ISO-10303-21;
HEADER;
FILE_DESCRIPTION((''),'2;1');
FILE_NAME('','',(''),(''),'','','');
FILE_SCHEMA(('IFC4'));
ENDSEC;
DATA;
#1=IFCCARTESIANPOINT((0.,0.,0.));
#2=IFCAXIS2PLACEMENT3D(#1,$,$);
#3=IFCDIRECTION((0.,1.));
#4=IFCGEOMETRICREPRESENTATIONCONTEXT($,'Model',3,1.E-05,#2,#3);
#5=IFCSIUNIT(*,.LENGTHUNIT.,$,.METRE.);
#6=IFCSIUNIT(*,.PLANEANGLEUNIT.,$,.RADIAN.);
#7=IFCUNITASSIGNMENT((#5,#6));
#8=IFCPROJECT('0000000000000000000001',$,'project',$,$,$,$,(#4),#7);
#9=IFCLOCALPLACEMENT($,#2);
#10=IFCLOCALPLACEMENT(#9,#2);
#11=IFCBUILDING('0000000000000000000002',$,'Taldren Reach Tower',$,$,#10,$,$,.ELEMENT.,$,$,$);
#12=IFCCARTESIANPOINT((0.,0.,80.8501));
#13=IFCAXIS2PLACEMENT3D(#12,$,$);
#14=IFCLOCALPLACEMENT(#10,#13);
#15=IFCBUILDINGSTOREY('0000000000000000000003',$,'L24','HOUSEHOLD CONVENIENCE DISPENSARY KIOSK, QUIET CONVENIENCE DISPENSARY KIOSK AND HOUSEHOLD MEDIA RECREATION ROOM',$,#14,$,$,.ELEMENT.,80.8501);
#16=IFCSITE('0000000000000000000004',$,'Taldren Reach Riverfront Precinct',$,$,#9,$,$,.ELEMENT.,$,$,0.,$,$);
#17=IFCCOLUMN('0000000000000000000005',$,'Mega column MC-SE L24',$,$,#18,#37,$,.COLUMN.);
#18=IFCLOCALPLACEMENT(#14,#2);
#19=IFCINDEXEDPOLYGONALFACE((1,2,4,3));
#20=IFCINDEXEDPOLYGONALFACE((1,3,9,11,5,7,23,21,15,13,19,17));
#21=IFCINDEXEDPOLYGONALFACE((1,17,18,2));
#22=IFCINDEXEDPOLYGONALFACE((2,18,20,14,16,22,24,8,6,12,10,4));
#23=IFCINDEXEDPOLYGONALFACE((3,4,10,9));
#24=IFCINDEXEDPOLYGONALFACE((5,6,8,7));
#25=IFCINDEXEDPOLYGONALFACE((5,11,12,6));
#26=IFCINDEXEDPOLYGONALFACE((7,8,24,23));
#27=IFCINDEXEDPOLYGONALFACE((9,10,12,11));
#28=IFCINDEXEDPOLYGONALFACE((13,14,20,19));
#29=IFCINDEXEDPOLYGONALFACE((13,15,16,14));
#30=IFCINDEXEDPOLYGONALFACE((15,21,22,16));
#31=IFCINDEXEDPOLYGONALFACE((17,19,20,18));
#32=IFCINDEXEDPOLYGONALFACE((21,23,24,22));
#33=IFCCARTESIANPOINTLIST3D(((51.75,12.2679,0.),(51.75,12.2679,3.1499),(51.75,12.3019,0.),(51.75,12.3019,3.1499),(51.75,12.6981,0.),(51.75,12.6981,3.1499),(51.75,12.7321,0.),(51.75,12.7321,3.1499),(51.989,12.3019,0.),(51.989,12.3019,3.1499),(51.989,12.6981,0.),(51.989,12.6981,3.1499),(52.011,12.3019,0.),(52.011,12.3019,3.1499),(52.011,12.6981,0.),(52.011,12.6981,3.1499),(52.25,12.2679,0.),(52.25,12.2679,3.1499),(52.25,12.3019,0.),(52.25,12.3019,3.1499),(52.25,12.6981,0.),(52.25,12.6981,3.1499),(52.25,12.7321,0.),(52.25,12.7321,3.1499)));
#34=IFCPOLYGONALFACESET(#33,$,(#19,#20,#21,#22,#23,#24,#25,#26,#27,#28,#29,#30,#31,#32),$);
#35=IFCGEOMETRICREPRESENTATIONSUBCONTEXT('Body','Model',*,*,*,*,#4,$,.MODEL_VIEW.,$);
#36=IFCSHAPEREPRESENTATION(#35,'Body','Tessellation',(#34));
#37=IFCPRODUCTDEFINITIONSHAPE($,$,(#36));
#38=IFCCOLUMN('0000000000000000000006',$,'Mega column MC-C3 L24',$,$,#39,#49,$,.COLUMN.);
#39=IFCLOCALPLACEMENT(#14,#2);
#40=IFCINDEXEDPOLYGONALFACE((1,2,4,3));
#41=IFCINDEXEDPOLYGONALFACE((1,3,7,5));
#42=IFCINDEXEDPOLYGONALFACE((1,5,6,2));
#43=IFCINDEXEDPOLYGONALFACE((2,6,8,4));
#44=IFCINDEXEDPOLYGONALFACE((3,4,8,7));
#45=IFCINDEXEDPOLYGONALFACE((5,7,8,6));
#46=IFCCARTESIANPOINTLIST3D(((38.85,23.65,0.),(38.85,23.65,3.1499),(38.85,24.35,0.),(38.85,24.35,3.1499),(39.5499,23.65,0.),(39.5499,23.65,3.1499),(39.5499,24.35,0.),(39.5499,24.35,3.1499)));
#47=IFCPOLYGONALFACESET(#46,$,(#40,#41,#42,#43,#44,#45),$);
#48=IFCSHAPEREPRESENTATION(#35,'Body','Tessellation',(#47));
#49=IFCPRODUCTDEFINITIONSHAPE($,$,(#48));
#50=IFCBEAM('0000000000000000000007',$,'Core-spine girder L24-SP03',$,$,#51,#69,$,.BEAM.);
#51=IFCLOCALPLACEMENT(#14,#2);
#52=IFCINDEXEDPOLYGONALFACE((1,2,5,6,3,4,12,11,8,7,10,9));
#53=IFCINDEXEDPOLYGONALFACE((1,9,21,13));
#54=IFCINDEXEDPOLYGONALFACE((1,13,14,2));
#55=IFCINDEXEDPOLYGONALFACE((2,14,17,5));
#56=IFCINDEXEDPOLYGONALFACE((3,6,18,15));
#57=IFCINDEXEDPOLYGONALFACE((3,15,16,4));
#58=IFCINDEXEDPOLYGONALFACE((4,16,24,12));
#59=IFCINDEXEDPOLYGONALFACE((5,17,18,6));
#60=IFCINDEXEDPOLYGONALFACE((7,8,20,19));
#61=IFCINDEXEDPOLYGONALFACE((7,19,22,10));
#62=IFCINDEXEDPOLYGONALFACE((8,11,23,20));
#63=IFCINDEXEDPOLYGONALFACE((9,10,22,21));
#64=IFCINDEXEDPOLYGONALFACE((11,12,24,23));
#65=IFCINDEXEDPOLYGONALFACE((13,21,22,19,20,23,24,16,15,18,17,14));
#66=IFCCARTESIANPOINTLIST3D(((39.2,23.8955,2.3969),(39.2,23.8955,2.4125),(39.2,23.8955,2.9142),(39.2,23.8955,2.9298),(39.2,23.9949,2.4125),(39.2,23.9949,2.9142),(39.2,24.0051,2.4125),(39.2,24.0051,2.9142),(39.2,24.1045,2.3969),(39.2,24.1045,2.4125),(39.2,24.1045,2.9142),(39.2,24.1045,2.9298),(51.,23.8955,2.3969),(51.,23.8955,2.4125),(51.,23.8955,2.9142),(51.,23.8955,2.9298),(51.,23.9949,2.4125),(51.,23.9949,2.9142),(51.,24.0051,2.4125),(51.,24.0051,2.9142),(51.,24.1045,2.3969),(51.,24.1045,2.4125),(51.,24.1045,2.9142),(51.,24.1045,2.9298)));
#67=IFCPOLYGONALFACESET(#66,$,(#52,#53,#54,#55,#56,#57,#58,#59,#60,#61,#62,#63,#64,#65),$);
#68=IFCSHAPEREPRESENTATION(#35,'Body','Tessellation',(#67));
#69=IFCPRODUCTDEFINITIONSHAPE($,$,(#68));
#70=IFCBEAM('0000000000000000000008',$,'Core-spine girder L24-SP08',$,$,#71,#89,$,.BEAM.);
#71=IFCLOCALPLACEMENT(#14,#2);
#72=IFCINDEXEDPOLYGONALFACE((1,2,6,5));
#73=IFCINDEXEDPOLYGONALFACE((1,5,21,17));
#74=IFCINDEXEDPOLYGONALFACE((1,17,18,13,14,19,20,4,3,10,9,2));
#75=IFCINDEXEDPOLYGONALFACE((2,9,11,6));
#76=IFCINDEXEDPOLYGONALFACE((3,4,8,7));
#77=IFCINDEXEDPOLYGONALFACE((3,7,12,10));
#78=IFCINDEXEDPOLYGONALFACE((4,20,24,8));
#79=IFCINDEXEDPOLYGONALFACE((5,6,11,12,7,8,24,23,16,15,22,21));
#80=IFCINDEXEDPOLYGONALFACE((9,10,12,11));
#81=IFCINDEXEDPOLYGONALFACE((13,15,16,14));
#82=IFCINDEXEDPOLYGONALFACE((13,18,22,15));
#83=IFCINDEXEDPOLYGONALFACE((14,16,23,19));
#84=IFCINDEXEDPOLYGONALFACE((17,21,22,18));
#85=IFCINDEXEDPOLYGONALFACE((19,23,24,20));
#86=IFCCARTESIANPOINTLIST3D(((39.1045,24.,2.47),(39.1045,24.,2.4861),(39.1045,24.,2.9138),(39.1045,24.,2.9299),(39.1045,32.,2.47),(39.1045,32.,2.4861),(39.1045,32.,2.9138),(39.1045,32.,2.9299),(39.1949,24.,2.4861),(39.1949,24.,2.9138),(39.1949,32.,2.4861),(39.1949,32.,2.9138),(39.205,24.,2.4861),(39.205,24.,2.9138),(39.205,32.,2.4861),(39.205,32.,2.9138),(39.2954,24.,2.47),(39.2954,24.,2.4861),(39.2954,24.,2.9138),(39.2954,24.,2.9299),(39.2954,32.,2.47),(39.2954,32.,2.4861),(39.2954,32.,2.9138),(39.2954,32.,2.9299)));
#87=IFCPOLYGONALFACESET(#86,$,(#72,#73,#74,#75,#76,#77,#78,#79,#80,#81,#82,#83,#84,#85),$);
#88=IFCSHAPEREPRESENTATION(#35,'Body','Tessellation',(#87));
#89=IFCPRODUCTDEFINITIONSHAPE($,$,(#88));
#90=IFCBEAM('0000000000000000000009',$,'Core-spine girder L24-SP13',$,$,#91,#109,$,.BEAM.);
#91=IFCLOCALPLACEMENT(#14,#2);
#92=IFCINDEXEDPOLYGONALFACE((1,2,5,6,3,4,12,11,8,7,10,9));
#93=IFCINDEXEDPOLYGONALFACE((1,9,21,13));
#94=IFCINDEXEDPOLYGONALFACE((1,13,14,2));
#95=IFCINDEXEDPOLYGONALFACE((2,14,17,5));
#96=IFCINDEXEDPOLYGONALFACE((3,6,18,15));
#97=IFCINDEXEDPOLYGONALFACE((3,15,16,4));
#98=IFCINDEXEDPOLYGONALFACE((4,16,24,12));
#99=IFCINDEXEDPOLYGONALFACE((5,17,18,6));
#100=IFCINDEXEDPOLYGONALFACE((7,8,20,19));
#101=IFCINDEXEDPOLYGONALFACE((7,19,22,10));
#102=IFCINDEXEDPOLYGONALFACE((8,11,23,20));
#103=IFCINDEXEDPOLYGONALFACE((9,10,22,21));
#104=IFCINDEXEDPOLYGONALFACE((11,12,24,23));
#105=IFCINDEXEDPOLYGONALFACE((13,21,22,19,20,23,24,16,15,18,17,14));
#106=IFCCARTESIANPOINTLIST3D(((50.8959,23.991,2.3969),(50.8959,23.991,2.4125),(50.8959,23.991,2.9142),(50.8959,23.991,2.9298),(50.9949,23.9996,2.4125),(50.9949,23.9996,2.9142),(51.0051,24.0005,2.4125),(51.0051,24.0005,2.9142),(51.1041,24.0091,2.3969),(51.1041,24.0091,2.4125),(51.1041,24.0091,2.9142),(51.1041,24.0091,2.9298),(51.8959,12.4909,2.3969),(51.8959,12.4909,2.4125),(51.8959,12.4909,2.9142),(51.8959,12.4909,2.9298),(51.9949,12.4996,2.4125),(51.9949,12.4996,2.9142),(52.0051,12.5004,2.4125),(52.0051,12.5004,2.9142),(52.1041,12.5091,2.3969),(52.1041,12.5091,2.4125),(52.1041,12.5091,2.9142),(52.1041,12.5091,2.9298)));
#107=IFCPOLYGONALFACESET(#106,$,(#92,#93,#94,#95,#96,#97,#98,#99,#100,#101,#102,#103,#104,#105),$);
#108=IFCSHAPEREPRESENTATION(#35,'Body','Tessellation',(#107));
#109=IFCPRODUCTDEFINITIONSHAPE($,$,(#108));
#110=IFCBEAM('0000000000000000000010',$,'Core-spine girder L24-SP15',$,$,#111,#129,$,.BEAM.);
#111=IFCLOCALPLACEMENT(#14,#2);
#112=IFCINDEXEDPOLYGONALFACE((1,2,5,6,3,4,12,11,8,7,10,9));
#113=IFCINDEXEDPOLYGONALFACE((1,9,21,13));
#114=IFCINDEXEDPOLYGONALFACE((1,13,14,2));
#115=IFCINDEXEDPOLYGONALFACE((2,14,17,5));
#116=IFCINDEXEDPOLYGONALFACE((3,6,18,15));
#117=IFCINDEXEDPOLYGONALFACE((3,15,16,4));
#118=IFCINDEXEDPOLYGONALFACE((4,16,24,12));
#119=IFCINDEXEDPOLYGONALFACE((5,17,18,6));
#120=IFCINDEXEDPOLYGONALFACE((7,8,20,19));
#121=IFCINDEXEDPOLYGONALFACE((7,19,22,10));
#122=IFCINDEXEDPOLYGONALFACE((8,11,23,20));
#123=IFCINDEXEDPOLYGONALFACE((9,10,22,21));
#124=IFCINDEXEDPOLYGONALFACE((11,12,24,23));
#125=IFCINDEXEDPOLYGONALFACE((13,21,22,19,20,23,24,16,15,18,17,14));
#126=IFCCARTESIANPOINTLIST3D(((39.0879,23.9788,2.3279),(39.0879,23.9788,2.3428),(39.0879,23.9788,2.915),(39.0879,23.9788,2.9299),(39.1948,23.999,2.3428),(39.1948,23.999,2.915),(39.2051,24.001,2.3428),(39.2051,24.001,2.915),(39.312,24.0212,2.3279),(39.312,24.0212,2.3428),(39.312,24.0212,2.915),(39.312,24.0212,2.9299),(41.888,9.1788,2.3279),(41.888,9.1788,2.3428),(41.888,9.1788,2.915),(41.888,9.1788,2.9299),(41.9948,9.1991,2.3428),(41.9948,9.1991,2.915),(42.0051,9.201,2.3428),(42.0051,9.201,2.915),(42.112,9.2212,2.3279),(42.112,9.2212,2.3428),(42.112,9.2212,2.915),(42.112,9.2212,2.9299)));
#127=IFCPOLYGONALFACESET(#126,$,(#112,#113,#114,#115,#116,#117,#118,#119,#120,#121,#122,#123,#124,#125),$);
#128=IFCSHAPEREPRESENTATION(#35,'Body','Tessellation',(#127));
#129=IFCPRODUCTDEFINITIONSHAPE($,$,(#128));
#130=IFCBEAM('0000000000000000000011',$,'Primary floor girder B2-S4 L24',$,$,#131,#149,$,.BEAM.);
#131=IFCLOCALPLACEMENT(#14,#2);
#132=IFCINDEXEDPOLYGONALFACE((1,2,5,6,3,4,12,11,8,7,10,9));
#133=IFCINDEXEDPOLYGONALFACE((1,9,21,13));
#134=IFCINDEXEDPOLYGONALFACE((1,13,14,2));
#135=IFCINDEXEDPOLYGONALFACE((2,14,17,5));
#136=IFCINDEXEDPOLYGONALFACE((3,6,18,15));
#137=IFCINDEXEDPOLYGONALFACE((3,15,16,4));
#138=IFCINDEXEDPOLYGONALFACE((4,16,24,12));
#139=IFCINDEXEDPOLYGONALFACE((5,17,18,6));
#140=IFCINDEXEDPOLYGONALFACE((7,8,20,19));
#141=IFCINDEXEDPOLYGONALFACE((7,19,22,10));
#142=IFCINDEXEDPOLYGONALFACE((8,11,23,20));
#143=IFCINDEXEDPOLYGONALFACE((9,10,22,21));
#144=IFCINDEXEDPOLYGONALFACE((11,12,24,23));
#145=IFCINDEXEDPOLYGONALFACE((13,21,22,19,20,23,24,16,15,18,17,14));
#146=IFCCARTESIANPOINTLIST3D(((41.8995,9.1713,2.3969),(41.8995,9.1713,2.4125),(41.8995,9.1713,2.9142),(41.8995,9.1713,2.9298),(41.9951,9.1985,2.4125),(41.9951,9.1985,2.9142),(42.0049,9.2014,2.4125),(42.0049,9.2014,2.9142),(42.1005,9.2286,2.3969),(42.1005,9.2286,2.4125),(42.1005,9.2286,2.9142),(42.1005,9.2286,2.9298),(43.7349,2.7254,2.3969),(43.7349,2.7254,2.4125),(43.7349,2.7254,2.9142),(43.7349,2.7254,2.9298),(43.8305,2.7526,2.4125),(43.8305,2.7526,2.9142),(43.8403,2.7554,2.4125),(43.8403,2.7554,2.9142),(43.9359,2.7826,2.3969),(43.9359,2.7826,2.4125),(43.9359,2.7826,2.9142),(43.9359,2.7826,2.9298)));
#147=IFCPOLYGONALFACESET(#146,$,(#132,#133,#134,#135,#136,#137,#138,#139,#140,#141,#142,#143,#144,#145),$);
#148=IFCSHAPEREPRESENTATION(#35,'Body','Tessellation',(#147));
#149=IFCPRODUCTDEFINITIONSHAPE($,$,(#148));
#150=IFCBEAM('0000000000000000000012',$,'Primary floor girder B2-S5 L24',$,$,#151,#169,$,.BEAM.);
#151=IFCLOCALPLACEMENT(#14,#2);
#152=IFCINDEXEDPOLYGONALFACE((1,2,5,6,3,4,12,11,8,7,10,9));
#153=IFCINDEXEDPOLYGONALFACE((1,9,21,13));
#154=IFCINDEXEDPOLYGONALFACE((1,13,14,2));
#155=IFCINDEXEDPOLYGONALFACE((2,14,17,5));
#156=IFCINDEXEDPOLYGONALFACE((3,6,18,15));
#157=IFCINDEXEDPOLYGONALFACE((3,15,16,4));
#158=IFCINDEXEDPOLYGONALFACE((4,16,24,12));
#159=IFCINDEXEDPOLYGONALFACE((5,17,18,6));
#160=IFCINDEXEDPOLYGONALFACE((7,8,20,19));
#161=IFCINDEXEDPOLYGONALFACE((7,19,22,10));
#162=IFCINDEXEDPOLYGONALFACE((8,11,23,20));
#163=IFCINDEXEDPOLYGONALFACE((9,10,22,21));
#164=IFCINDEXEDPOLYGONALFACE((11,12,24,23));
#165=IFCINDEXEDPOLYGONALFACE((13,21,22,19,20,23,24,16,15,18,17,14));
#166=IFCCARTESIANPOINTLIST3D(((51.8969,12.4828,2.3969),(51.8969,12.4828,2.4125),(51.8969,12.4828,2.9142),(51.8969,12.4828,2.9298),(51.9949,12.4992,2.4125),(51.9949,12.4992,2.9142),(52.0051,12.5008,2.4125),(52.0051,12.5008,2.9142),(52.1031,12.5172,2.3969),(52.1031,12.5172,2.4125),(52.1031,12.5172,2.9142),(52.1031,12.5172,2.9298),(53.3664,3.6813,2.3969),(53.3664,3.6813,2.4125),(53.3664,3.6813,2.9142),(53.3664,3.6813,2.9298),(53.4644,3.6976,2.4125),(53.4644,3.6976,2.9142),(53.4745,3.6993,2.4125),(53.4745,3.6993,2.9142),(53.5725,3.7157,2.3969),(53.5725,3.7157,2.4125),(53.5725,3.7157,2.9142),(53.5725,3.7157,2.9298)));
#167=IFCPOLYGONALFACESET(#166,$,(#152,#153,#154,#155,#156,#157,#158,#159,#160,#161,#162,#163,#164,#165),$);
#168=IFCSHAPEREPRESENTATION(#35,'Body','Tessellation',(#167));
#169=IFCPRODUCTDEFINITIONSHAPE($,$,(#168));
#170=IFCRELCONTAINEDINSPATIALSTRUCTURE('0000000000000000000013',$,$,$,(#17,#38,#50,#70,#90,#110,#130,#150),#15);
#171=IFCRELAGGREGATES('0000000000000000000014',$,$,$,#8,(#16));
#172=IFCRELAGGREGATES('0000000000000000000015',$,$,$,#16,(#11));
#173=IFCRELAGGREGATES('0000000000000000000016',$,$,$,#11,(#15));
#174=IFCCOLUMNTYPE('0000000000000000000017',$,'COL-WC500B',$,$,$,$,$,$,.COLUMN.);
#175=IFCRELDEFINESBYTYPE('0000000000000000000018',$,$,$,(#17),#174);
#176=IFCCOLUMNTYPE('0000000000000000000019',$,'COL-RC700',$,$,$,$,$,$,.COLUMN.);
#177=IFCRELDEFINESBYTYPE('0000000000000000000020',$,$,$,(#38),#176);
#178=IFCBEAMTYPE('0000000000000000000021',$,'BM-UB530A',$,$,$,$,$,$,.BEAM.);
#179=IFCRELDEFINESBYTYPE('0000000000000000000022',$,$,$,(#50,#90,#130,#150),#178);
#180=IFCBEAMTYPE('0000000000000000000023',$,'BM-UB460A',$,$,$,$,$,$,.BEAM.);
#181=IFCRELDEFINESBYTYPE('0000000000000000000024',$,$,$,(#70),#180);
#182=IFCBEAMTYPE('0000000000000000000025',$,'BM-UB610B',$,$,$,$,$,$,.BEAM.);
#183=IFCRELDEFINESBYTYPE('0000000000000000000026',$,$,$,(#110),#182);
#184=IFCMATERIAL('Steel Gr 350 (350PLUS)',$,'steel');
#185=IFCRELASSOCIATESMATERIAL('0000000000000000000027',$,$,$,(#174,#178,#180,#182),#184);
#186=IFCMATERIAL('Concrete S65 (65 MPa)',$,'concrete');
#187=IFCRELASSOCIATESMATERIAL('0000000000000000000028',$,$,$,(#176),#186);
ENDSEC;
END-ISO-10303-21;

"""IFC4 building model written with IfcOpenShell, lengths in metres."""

from ifc_helpers import new_model, si_unit, direction, frame, origin, origin_2d, place, context, subcontext, project, spatial, rectangle, i_section, extrude, source, transform, mapped, material, material_profile, profile_set, type_object, element, save


model = new_model("IFC4")

# Units and contexts
model_context = context("Model", 3, precision=1e-05, world=origin(), true_north=direction((0.0, 1.0)))
body_context = subcontext(model_context, "Body", "Model", "MODEL_VIEW")
ifc_project = project(units=[si_unit("LENGTHUNIT", "METRE"), si_unit("PLANEANGLEUNIT", "RADIAN")], contexts=[model_context])

# Site, building, storey
site_placement = place(None, origin())
site = spatial("IfcSite", under=ifc_project, at=site_placement, Name="Taldren Reach Riverfront Precinct", CompositionType="ELEMENT", RefElevation=0.0)
building_placement = place(site_placement, origin())
building = spatial("IfcBuilding", under=site, at=building_placement, Name="Taldren Reach Tower", CompositionType="ELEMENT")
storey_placement = place(building_placement, frame((0.0, 0.0, 80.8501)))
storey = spatial("IfcBuildingStorey", under=building, at=storey_placement, Name="L24", Description="HOUSEHOLD CONVENIENCE DISPENSARY KIOSK, QUIET CONVENIENCE DISPENSARY KIOSK AND HOUSEHOLD MEDIA RECREATION ROOM", CompositionType="ELEMENT", Elevation=80.8501)

# Columns
ifc_material_1 = material(Name="Steel Gr 350 (350PLUS)", Category="steel")
ifc_material_profile_1 = material_profile(ifc_material_1, i_section(OverallWidth=0.5, OverallDepth=0.4641, WebThickness=0.022, FlangeThickness=0.0339, at=origin_2d()), Name="500WC340")
ifc_profile_set_1 = profile_set([ifc_material_profile_1], Name="Steel Gr 350 (350PLUS)")
column_type_1 = type_object("IfcColumnType", Name="COL-WC500B", PredefinedType="COLUMN", material=ifc_profile_set_1)
shared_shape_1 = source(origin(), body_context, "Body", "SweptSolid", [
    extrude(i_section(OverallWidth=0.5, OverallDepth=0.4641, WebThickness=0.022, FlangeThickness=0.0339, at=origin_2d()), origin(), (0.0, 0.0, 1.0), 3.1499),
])
column_1_placement = place(storey_placement, frame((52.0, 12.5, 0.0), z_axis=(0.0, 0.0, 1.0), x_axis=(1.0, 0.0, 0.0)))
element("IfcColumn", 1, at=column_1_placement, inside=storey, type_object=column_type_1, Name="Mega column MC-SE L24", PredefinedType="COLUMN", context=body_context, shape_type="MappedRepresentation", body=[
    mapped(shared_shape_1, transform((0.0, 0.0, 0.0), scale=1.0)),
])
ifc_material_2 = material(Name="Concrete S65 (65 MPa)", Category="concrete")
ifc_material_profile_2 = material_profile(ifc_material_2, rectangle(XDim=0.7, YDim=0.7, at=origin_2d()), Name="RC-700x700")
ifc_profile_set_2 = profile_set([ifc_material_profile_2], Name="Concrete S65 (65 MPa)")
column_type_2 = type_object("IfcColumnType", Name="COL-RC700", PredefinedType="COLUMN", material=ifc_profile_set_2)
shared_shape_2 = source(origin(), body_context, "Body", "SweptSolid", [
    extrude(rectangle(XDim=0.7, YDim=0.7, at=origin_2d()), origin(), (0.0, 0.0, 1.0), 3.1499),
])
column_2_placement = place(storey_placement, frame((39.2, 24.0, 0.0), z_axis=(0.0, 0.0, 1.0), x_axis=(1.0, 0.0, 0.0)))
element("IfcColumn", 2, at=column_2_placement, inside=storey, type_object=column_type_2, Name="Mega column MC-C3 L24", PredefinedType="COLUMN", context=body_context, shape_type="MappedRepresentation", body=[
    mapped(shared_shape_2, transform((0.0, 0.0, 0.0), scale=1.0)),
])

# Beams
ifc_material_profile_3 = material_profile(ifc_material_1, i_section(OverallWidth=0.209, OverallDepth=0.533, WebThickness=0.0103, FlangeThickness=0.0156, at=origin_2d()), Name="530UB92.4")
ifc_profile_set_3 = profile_set([ifc_material_profile_3], Name="Steel Gr 350 (350PLUS)")
beam_type_1 = type_object("IfcBeamType", Name="BM-UB530A", PredefinedType="BEAM", material=ifc_profile_set_3)
shared_shape_3 = source(origin(), body_context, "Body", "SweptSolid", [
    extrude(i_section(OverallWidth=0.209, OverallDepth=0.533, WebThickness=0.0103, FlangeThickness=0.0156, at=origin_2d()), origin(), (0.0, 0.0, 1.0), 11.8),
])
beam_1_placement = place(storey_placement, frame((39.2, 24.0, 2.6633), z_axis=(1.0, 0.0, 0.0), x_axis=(0.0, 1.0, 0.0)))
element("IfcBeam", 3, at=beam_1_placement, inside=storey, type_object=beam_type_1, Name="Core-spine girder L24-SP03", PredefinedType="BEAM", context=body_context, shape_type="MappedRepresentation", body=[
    mapped(shared_shape_3, transform((0.0, 0.0, 0.0), scale=1.0)),
])
ifc_material_profile_4 = material_profile(ifc_material_1, i_section(OverallWidth=0.1909, OverallDepth=0.46, WebThickness=0.01, FlangeThickness=0.0161, at=origin_2d()), Name="460UB82.1")
ifc_profile_set_4 = profile_set([ifc_material_profile_4], Name="Steel Gr 350 (350PLUS)")
beam_type_2 = type_object("IfcBeamType", Name="BM-UB460A", PredefinedType="BEAM", material=ifc_profile_set_4)
shared_shape_4 = source(origin(), body_context, "Body", "SweptSolid", [
    extrude(i_section(OverallWidth=0.1909, OverallDepth=0.46, WebThickness=0.01, FlangeThickness=0.0161, at=origin_2d()), origin(), (0.0, 0.0, 1.0), 8.0),
])
beam_2_placement = place(storey_placement, frame((39.2, 24.0, 2.7), z_axis=(0.0, 1.0, 0.0), x_axis=(-1.0, 0.0, 0.0)))
element("IfcBeam", 4, at=beam_2_placement, inside=storey, type_object=beam_type_2, Name="Core-spine girder L24-SP08", PredefinedType="BEAM", context=body_context, shape_type="MappedRepresentation", body=[
    mapped(shared_shape_4, transform((0.0, 0.0, 0.0), scale=1.0)),
])
shared_shape_5 = source(origin(), body_context, "Body", "SweptSolid", [
    extrude(i_section(OverallWidth=0.209, OverallDepth=0.533, WebThickness=0.0103, FlangeThickness=0.0156, at=origin_2d()), origin(), (0.0, 0.0, 1.0), 11.5435),
])
beam_3_placement = place(storey_placement, frame((52.0, 12.5, 2.6633), z_axis=(-0.08663, 0.996241, 0.0), x_axis=(-0.996241, -0.08663, 0.0)))
element("IfcBeam", 5, at=beam_3_placement, inside=storey, type_object=beam_type_1, Name="Core-spine girder L24-SP13", PredefinedType="BEAM", context=body_context, shape_type="MappedRepresentation", body=[
    mapped(shared_shape_5, transform((0.0, 0.0, 0.0), scale=1.0)),
])
ifc_material_profile_5 = material_profile(ifc_material_1, i_section(OverallWidth=0.228, OverallDepth=0.6021, WebThickness=0.0105, FlangeThickness=0.0149, at=origin_2d()), Name="610UB101")
ifc_profile_set_5 = profile_set([ifc_material_profile_5], Name="Steel Gr 350 (350PLUS)")
beam_type_3 = type_object("IfcBeamType", Name="BM-UB610B", PredefinedType="BEAM", material=ifc_profile_set_5)
shared_shape_6 = source(origin(), body_context, "Body", "SweptSolid", [
    extrude(i_section(OverallWidth=0.228, OverallDepth=0.6021, WebThickness=0.0105, FlangeThickness=0.0149, at=origin_2d()), origin(), (0.0, 0.0, 1.0), 15.0625),
])
beam_4_placement = place(storey_placement, frame((39.2, 24.0, 2.6289), z_axis=(0.185894, -0.98257, 0.0), x_axis=(0.98257, 0.185894, 0.0)))
element("IfcBeam", 6, at=beam_4_placement, inside=storey, type_object=beam_type_3, Name="Core-spine girder L24-SP15", PredefinedType="BEAM", context=body_context, shape_type="MappedRepresentation", body=[
    mapped(shared_shape_6, transform((0.0, 0.0, 0.0), scale=1.0)),
])
shared_shape_7 = source(origin(), body_context, "Body", "SweptSolid", [
    extrude(i_section(OverallWidth=0.209, OverallDepth=0.533, WebThickness=0.0103, FlangeThickness=0.0156, at=origin_2d()), origin(), (0.0, 0.0, 1.0), 6.7021),
])
beam_5_placement = place(storey_placement, frame((42.0, 9.2, 2.6633), z_axis=(0.273855, -0.961771, 0.0), x_axis=(0.961771, 0.273855, 0.0)))
element("IfcBeam", 7, at=beam_5_placement, inside=storey, type_object=beam_type_1, Name="Primary floor girder B2-S4 L24", PredefinedType="BEAM", context=body_context, shape_type="MappedRepresentation", body=[
    mapped(shared_shape_7, transform((0.0, 0.0, 0.0), scale=1.0)),
])
shared_shape_8 = source(origin(), body_context, "Body", "SweptSolid", [
    extrude(i_section(OverallWidth=0.209, OverallDepth=0.533, WebThickness=0.0103, FlangeThickness=0.0156, at=origin_2d()), origin(), (0.0, 0.0, 1.0), 8.9233),
])
beam_6_placement = place(storey_placement, frame((52.0, 12.5, 2.6633), z_axis=(0.164678, -0.986347, 0.0), x_axis=(0.986347, 0.164678, 0.0)))
element("IfcBeam", 8, at=beam_6_placement, inside=storey, type_object=beam_type_1, Name="Primary floor girder B2-S5 L24", PredefinedType="BEAM", context=body_context, shape_type="MappedRepresentation", body=[
    mapped(shared_shape_8, transform((0.0, 0.0, 0.0), scale=1.0)),
])

save(model, "model.ifc")
